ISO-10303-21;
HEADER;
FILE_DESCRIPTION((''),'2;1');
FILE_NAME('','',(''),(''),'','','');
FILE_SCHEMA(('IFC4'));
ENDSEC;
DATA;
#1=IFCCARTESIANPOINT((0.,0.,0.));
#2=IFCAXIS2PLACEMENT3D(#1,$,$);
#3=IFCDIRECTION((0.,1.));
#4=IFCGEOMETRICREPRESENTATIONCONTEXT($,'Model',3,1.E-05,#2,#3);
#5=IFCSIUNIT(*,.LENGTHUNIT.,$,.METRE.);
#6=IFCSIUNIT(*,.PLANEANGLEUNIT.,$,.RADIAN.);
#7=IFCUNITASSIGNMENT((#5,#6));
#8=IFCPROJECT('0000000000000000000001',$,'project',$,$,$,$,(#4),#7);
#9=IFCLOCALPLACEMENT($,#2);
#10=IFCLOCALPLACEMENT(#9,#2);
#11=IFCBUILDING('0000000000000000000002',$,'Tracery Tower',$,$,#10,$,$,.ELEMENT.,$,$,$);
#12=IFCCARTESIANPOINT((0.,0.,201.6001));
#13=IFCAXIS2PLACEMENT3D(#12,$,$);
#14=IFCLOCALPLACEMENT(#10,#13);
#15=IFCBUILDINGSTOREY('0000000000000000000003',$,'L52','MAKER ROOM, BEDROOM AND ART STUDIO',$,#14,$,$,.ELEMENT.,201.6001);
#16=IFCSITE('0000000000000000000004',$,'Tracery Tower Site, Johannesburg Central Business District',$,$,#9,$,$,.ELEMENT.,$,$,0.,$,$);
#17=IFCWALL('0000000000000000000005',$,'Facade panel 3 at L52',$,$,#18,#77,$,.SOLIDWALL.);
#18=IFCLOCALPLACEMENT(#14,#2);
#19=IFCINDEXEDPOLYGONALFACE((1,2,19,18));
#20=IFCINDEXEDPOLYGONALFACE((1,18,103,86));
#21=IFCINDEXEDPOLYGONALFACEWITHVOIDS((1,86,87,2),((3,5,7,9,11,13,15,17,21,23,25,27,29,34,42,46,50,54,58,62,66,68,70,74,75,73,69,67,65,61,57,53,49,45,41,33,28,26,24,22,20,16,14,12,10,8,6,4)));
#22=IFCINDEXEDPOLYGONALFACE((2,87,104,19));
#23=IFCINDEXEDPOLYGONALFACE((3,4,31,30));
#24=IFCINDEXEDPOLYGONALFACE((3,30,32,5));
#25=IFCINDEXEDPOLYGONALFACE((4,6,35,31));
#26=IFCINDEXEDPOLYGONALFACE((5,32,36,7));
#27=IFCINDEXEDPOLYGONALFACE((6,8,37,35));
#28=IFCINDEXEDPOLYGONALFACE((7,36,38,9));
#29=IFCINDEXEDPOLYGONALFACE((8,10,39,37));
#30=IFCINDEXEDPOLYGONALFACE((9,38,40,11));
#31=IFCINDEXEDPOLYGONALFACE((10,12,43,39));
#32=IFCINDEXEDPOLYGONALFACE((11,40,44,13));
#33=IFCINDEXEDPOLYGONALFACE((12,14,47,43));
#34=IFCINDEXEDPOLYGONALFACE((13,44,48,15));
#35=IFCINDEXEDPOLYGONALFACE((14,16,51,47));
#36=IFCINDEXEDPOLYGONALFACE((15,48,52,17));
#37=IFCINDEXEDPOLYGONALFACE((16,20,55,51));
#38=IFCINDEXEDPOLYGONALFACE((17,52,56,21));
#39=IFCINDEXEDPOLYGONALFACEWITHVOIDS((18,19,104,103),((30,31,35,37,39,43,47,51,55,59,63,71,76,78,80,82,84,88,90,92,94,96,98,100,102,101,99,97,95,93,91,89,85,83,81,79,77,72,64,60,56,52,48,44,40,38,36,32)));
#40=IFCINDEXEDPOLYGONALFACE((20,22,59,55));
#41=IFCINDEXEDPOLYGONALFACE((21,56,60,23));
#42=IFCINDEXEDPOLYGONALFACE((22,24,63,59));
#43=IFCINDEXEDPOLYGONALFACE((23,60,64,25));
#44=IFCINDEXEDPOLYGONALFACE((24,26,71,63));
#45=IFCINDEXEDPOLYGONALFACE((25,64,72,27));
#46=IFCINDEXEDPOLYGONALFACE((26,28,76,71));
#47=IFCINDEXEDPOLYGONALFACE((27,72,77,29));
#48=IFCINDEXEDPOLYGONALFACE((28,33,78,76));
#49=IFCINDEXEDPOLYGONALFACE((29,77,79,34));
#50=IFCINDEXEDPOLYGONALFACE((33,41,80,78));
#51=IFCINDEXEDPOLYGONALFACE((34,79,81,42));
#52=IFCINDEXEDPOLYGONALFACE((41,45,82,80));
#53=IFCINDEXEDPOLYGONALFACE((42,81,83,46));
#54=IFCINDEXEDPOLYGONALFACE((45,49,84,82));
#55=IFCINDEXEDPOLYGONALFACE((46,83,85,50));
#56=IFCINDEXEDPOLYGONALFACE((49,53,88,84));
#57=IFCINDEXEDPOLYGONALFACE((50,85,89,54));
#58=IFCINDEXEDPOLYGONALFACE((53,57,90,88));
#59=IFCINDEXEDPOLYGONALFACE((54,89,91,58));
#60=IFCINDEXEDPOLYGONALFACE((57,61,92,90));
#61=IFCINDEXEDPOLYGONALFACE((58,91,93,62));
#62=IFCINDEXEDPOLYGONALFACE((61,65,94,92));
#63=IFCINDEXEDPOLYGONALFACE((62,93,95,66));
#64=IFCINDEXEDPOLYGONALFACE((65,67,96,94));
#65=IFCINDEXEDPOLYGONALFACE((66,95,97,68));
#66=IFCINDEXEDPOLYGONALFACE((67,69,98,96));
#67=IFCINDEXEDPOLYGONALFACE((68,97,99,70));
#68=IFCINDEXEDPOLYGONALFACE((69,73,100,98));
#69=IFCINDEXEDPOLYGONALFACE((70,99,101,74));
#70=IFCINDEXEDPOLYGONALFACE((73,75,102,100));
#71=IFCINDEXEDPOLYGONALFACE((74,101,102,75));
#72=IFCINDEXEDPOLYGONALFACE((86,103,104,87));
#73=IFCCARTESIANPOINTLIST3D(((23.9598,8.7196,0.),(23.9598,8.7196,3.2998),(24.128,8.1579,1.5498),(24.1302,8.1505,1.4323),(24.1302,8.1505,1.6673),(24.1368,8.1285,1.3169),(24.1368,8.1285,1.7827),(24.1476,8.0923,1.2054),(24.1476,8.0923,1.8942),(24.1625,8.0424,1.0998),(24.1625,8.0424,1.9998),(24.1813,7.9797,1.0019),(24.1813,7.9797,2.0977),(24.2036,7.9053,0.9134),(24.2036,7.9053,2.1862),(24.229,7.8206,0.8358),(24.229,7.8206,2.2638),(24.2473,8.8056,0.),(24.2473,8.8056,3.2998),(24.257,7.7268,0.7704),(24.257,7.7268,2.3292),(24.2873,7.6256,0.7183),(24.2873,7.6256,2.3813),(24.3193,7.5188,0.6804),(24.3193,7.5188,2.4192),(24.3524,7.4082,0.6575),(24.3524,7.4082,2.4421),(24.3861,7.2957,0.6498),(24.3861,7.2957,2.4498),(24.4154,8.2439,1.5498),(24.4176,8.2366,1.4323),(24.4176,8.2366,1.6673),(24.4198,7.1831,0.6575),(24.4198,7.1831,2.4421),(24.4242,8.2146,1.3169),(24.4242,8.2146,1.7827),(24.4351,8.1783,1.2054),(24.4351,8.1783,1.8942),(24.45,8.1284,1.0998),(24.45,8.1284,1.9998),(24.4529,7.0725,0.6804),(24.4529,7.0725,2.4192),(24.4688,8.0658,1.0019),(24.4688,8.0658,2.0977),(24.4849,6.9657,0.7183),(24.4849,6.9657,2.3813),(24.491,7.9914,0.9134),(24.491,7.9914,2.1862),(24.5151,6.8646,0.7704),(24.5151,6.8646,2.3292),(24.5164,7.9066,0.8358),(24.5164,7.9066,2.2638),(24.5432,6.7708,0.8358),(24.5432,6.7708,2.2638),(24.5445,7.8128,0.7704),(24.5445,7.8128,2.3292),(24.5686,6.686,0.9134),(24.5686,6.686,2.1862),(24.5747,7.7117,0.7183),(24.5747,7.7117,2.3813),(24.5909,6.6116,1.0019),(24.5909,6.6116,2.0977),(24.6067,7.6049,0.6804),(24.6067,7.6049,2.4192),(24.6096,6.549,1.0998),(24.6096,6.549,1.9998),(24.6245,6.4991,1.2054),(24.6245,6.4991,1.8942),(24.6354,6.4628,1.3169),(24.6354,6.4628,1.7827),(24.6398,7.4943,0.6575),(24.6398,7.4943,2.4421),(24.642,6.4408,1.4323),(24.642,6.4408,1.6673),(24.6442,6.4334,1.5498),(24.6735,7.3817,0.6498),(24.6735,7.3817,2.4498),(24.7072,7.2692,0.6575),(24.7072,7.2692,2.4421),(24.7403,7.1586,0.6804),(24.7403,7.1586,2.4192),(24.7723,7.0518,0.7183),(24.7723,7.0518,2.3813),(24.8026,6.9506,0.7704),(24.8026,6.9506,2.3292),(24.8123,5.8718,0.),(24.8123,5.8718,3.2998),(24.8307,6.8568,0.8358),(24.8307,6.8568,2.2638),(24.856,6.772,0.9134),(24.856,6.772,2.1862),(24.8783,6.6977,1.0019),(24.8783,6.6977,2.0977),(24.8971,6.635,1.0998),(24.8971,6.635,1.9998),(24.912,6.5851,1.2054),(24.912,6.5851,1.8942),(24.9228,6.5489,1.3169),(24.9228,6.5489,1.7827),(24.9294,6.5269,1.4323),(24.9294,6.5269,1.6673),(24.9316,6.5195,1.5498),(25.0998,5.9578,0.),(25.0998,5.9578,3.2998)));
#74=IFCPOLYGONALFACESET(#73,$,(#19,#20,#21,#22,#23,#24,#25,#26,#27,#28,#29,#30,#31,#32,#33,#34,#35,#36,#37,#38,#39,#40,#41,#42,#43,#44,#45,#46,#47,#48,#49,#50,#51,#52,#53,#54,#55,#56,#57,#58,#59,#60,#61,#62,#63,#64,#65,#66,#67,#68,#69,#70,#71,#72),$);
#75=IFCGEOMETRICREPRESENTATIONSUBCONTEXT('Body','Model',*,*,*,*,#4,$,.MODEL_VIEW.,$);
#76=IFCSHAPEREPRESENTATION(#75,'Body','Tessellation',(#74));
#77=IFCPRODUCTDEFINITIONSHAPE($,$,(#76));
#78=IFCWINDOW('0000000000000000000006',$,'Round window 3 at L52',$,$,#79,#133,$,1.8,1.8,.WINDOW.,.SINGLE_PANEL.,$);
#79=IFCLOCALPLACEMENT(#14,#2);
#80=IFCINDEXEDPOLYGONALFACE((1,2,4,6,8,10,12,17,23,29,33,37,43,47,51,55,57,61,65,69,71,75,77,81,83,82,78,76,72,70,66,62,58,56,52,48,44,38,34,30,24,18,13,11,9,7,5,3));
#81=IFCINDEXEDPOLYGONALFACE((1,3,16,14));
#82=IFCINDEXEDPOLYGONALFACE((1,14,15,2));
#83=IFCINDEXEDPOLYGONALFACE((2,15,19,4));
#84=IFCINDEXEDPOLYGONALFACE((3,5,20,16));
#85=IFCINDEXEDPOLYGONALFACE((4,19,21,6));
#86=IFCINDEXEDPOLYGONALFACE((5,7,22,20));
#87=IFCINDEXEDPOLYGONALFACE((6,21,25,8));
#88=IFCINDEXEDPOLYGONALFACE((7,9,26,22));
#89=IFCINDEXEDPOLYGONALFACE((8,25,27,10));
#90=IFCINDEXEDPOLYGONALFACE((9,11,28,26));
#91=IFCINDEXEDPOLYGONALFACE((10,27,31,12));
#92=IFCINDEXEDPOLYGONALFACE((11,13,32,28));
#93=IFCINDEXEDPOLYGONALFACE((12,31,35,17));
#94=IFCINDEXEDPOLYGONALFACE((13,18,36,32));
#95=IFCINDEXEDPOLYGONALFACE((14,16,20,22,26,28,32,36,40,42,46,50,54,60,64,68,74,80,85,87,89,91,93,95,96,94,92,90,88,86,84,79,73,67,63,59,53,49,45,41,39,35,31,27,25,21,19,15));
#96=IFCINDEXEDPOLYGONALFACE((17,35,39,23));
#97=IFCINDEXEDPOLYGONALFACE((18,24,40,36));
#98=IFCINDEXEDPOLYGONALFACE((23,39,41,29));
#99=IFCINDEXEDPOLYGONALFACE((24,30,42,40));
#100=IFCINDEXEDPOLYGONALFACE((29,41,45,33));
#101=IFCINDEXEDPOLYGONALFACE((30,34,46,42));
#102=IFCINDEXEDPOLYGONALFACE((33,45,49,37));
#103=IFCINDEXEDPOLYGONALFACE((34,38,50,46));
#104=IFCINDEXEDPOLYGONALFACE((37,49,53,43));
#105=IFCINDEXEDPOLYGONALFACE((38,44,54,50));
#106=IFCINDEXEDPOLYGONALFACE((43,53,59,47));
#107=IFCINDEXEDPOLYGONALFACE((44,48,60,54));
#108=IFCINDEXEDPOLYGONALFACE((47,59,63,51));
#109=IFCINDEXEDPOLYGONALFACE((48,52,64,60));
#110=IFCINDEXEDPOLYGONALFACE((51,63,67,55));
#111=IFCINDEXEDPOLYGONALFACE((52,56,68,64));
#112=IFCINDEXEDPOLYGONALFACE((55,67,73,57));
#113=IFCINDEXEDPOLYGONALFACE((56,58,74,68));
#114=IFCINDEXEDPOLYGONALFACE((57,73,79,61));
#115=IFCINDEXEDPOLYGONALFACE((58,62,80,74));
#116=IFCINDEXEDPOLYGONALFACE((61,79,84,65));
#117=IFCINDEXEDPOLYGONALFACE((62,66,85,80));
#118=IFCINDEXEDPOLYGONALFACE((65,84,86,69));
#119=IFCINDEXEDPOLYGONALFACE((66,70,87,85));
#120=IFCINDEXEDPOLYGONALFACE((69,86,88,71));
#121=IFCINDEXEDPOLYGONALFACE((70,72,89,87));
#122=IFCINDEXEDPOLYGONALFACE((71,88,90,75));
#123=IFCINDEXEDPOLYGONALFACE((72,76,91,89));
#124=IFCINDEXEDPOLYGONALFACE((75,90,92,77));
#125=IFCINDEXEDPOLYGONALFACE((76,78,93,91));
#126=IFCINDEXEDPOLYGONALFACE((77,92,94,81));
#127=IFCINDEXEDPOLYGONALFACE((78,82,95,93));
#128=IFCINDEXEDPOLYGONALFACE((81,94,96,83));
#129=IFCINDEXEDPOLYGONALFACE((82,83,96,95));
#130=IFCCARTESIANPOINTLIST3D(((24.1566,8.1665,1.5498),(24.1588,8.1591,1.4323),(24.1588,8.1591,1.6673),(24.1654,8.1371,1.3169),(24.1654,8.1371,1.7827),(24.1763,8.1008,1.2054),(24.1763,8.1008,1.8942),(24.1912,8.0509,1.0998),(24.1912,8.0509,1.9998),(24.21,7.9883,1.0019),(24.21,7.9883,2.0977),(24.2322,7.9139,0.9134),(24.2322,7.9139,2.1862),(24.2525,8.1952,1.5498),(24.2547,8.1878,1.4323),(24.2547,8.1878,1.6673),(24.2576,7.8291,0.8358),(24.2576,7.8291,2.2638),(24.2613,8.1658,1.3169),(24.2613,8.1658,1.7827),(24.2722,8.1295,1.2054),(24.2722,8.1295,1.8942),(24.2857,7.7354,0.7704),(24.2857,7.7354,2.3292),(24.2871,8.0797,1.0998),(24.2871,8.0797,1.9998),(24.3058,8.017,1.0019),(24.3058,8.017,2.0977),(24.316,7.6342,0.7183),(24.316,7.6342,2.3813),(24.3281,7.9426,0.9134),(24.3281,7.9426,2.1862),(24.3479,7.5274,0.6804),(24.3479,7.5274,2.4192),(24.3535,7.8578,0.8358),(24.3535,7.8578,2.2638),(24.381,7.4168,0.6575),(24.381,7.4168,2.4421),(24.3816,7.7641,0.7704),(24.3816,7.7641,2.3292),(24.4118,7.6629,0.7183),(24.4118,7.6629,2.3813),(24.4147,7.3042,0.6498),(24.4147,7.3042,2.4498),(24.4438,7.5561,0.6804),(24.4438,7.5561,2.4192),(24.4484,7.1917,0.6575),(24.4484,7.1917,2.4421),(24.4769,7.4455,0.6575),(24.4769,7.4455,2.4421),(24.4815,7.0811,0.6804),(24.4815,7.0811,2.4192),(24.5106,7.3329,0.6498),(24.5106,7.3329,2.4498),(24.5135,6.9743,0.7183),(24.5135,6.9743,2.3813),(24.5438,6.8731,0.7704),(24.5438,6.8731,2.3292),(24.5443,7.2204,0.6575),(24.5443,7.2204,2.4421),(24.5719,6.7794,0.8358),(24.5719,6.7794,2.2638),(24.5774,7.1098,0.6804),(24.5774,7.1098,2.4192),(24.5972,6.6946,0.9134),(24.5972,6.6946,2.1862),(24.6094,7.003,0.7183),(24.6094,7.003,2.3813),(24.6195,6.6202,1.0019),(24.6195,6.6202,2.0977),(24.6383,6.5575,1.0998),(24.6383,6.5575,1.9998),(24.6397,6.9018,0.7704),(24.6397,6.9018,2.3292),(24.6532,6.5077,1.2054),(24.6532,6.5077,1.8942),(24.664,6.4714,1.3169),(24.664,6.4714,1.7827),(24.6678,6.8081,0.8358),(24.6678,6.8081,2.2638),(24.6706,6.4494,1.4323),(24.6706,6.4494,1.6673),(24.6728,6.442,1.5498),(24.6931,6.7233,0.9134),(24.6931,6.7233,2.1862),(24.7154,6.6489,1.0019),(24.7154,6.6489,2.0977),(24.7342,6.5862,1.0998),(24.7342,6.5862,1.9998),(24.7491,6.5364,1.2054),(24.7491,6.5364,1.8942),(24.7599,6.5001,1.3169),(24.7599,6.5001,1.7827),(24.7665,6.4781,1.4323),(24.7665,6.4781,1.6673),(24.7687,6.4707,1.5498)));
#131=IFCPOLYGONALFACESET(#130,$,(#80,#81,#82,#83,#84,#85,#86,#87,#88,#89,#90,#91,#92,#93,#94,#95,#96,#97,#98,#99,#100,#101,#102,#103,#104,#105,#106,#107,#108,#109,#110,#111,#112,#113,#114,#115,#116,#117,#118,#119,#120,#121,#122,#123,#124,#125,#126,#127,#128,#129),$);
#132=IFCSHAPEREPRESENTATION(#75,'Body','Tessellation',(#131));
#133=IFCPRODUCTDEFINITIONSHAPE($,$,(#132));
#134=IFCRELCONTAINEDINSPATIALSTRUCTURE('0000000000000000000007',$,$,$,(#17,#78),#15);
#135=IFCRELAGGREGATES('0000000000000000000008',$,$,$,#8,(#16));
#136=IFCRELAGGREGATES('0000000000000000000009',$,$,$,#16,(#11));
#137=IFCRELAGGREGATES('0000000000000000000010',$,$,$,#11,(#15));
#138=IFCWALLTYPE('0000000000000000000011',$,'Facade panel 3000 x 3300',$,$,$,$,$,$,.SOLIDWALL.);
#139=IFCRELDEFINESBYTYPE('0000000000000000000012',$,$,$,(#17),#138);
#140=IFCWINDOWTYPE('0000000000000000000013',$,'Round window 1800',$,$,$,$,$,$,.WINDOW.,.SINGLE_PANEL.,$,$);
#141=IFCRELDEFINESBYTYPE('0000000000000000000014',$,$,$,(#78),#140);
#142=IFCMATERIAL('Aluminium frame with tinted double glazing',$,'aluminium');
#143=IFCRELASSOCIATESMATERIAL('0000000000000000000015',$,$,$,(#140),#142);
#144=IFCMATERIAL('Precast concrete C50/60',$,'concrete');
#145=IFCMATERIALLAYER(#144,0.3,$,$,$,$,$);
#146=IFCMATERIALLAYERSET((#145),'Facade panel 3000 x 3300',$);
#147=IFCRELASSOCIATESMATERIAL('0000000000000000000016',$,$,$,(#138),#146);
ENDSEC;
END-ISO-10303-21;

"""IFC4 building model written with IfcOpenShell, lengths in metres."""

from ifc_helpers import new_model, si_unit, direction, frame, frame_2d, origin, origin_2d, place, context, subcontext, project, spatial, rectangle, circle, extrude, material, layer, layer_set, type_object, element, fill, save


model = new_model("IFC4")

# Units and contexts
model_context = context("Model", 3, precision=1e-05, world=origin(), true_north=direction((0.0, 1.0)))
body_context = subcontext(model_context, "Body", "Model", "MODEL_VIEW")
ifc_project = project(units=[si_unit("LENGTHUNIT", "METRE"), si_unit("PLANEANGLEUNIT", "RADIAN")], contexts=[model_context])

# Site, building, storey
site_placement = place(None, origin())
site = spatial("IfcSite", under=ifc_project, at=site_placement, Name="Tracery Tower Site, Johannesburg Central Business District", CompositionType="ELEMENT", RefElevation=0.0)
building_placement = place(site_placement, origin())
building = spatial("IfcBuilding", under=site, at=building_placement, Name="Tracery Tower", CompositionType="ELEMENT")
storey_placement = place(building_placement, frame((0.0, 0.0, 201.6001)))
storey = spatial("IfcBuildingStorey", under=building, at=storey_placement, Name="L52", Description="MAKER ROOM, BEDROOM AND ART STUDIO", CompositionType="ELEMENT", Elevation=201.6001)

# Wall, opening, window
ifc_material_1 = material(Name="Aluminium frame with tinted double glazing", Category="aluminium")
window_type = type_object("IfcWindowType", Name="Round window 1800", PartitioningType="SINGLE_PANEL", PredefinedType="WINDOW", material=ifc_material_1)
ifc_material_2 = material(Name="Precast concrete C50/60", Category="concrete")
ifc_layer_1 = layer(ifc_material_2, 0.3)
ifc_layer_set_1 = layer_set([ifc_layer_1], Name="Facade panel 3000 x 3300")
wall_type_1 = type_object("IfcWallType", Name="Facade panel 3000 x 3300", PredefinedType="SOLIDWALL", material=ifc_layer_set_1)
wall_1_placement = place(storey_placement, frame((24.9561, 5.9148, 0.0), z_axis=(0.0, 0.0, 1.0), x_axis=(-0.286783, 0.957996, 0.0)))
wall_1 = element("IfcWall", 1, at=wall_1_placement, inside=storey, type_object=wall_type_1, Name="Facade panel 3 at L52", PredefinedType="SOLIDWALL", context=body_context, shape_type="SweptSolid", body=[
    extrude(rectangle(XDim=2.9727, YDim=0.3, at=frame_2d((1.4863, 0.0))), origin(), (0.0, 0.0, 1.0), 3.2998),
])
opening_1_placement = place(wall_1_placement, frame((1.4863, 0.0, 1.5498)))
opening_1 = element("IfcOpeningElement", 2, at=opening_1_placement, cuts=wall_1, PredefinedType="OPENING", context=body_context, shape_type="SweptSolid", body=[
    extrude(circle(Radius=0.9, at=origin_2d()), frame((0.0, 0.1599, 0.0), z_axis=(0.0, -1.0, 0.0), x_axis=(1.0, 0.0, 0.0)), (0.0, 0.0, 1.0), 0.3201),
])
window_1_placement = place(opening_1_placement, origin())
window_1 = element("IfcWindow", 3, at=window_1_placement, inside=storey, type_object=window_type, Name="Round window 3 at L52", OverallHeight=1.8, OverallWidth=1.8, PartitioningType="SINGLE_PANEL", PredefinedType="WINDOW", context=body_context, shape_type="SweptSolid", body=[
    extrude(circle(Radius=0.9, at=origin_2d()), frame((0.0, 0.1201, 0.0), z_axis=(0.0, -1.0, 0.0), x_axis=(1.0, 0.0, 0.0)), (0.0, 0.0, 1.0), 0.1001),
])
fill(opening_1, window_1)

save(model, "model.ifc")
